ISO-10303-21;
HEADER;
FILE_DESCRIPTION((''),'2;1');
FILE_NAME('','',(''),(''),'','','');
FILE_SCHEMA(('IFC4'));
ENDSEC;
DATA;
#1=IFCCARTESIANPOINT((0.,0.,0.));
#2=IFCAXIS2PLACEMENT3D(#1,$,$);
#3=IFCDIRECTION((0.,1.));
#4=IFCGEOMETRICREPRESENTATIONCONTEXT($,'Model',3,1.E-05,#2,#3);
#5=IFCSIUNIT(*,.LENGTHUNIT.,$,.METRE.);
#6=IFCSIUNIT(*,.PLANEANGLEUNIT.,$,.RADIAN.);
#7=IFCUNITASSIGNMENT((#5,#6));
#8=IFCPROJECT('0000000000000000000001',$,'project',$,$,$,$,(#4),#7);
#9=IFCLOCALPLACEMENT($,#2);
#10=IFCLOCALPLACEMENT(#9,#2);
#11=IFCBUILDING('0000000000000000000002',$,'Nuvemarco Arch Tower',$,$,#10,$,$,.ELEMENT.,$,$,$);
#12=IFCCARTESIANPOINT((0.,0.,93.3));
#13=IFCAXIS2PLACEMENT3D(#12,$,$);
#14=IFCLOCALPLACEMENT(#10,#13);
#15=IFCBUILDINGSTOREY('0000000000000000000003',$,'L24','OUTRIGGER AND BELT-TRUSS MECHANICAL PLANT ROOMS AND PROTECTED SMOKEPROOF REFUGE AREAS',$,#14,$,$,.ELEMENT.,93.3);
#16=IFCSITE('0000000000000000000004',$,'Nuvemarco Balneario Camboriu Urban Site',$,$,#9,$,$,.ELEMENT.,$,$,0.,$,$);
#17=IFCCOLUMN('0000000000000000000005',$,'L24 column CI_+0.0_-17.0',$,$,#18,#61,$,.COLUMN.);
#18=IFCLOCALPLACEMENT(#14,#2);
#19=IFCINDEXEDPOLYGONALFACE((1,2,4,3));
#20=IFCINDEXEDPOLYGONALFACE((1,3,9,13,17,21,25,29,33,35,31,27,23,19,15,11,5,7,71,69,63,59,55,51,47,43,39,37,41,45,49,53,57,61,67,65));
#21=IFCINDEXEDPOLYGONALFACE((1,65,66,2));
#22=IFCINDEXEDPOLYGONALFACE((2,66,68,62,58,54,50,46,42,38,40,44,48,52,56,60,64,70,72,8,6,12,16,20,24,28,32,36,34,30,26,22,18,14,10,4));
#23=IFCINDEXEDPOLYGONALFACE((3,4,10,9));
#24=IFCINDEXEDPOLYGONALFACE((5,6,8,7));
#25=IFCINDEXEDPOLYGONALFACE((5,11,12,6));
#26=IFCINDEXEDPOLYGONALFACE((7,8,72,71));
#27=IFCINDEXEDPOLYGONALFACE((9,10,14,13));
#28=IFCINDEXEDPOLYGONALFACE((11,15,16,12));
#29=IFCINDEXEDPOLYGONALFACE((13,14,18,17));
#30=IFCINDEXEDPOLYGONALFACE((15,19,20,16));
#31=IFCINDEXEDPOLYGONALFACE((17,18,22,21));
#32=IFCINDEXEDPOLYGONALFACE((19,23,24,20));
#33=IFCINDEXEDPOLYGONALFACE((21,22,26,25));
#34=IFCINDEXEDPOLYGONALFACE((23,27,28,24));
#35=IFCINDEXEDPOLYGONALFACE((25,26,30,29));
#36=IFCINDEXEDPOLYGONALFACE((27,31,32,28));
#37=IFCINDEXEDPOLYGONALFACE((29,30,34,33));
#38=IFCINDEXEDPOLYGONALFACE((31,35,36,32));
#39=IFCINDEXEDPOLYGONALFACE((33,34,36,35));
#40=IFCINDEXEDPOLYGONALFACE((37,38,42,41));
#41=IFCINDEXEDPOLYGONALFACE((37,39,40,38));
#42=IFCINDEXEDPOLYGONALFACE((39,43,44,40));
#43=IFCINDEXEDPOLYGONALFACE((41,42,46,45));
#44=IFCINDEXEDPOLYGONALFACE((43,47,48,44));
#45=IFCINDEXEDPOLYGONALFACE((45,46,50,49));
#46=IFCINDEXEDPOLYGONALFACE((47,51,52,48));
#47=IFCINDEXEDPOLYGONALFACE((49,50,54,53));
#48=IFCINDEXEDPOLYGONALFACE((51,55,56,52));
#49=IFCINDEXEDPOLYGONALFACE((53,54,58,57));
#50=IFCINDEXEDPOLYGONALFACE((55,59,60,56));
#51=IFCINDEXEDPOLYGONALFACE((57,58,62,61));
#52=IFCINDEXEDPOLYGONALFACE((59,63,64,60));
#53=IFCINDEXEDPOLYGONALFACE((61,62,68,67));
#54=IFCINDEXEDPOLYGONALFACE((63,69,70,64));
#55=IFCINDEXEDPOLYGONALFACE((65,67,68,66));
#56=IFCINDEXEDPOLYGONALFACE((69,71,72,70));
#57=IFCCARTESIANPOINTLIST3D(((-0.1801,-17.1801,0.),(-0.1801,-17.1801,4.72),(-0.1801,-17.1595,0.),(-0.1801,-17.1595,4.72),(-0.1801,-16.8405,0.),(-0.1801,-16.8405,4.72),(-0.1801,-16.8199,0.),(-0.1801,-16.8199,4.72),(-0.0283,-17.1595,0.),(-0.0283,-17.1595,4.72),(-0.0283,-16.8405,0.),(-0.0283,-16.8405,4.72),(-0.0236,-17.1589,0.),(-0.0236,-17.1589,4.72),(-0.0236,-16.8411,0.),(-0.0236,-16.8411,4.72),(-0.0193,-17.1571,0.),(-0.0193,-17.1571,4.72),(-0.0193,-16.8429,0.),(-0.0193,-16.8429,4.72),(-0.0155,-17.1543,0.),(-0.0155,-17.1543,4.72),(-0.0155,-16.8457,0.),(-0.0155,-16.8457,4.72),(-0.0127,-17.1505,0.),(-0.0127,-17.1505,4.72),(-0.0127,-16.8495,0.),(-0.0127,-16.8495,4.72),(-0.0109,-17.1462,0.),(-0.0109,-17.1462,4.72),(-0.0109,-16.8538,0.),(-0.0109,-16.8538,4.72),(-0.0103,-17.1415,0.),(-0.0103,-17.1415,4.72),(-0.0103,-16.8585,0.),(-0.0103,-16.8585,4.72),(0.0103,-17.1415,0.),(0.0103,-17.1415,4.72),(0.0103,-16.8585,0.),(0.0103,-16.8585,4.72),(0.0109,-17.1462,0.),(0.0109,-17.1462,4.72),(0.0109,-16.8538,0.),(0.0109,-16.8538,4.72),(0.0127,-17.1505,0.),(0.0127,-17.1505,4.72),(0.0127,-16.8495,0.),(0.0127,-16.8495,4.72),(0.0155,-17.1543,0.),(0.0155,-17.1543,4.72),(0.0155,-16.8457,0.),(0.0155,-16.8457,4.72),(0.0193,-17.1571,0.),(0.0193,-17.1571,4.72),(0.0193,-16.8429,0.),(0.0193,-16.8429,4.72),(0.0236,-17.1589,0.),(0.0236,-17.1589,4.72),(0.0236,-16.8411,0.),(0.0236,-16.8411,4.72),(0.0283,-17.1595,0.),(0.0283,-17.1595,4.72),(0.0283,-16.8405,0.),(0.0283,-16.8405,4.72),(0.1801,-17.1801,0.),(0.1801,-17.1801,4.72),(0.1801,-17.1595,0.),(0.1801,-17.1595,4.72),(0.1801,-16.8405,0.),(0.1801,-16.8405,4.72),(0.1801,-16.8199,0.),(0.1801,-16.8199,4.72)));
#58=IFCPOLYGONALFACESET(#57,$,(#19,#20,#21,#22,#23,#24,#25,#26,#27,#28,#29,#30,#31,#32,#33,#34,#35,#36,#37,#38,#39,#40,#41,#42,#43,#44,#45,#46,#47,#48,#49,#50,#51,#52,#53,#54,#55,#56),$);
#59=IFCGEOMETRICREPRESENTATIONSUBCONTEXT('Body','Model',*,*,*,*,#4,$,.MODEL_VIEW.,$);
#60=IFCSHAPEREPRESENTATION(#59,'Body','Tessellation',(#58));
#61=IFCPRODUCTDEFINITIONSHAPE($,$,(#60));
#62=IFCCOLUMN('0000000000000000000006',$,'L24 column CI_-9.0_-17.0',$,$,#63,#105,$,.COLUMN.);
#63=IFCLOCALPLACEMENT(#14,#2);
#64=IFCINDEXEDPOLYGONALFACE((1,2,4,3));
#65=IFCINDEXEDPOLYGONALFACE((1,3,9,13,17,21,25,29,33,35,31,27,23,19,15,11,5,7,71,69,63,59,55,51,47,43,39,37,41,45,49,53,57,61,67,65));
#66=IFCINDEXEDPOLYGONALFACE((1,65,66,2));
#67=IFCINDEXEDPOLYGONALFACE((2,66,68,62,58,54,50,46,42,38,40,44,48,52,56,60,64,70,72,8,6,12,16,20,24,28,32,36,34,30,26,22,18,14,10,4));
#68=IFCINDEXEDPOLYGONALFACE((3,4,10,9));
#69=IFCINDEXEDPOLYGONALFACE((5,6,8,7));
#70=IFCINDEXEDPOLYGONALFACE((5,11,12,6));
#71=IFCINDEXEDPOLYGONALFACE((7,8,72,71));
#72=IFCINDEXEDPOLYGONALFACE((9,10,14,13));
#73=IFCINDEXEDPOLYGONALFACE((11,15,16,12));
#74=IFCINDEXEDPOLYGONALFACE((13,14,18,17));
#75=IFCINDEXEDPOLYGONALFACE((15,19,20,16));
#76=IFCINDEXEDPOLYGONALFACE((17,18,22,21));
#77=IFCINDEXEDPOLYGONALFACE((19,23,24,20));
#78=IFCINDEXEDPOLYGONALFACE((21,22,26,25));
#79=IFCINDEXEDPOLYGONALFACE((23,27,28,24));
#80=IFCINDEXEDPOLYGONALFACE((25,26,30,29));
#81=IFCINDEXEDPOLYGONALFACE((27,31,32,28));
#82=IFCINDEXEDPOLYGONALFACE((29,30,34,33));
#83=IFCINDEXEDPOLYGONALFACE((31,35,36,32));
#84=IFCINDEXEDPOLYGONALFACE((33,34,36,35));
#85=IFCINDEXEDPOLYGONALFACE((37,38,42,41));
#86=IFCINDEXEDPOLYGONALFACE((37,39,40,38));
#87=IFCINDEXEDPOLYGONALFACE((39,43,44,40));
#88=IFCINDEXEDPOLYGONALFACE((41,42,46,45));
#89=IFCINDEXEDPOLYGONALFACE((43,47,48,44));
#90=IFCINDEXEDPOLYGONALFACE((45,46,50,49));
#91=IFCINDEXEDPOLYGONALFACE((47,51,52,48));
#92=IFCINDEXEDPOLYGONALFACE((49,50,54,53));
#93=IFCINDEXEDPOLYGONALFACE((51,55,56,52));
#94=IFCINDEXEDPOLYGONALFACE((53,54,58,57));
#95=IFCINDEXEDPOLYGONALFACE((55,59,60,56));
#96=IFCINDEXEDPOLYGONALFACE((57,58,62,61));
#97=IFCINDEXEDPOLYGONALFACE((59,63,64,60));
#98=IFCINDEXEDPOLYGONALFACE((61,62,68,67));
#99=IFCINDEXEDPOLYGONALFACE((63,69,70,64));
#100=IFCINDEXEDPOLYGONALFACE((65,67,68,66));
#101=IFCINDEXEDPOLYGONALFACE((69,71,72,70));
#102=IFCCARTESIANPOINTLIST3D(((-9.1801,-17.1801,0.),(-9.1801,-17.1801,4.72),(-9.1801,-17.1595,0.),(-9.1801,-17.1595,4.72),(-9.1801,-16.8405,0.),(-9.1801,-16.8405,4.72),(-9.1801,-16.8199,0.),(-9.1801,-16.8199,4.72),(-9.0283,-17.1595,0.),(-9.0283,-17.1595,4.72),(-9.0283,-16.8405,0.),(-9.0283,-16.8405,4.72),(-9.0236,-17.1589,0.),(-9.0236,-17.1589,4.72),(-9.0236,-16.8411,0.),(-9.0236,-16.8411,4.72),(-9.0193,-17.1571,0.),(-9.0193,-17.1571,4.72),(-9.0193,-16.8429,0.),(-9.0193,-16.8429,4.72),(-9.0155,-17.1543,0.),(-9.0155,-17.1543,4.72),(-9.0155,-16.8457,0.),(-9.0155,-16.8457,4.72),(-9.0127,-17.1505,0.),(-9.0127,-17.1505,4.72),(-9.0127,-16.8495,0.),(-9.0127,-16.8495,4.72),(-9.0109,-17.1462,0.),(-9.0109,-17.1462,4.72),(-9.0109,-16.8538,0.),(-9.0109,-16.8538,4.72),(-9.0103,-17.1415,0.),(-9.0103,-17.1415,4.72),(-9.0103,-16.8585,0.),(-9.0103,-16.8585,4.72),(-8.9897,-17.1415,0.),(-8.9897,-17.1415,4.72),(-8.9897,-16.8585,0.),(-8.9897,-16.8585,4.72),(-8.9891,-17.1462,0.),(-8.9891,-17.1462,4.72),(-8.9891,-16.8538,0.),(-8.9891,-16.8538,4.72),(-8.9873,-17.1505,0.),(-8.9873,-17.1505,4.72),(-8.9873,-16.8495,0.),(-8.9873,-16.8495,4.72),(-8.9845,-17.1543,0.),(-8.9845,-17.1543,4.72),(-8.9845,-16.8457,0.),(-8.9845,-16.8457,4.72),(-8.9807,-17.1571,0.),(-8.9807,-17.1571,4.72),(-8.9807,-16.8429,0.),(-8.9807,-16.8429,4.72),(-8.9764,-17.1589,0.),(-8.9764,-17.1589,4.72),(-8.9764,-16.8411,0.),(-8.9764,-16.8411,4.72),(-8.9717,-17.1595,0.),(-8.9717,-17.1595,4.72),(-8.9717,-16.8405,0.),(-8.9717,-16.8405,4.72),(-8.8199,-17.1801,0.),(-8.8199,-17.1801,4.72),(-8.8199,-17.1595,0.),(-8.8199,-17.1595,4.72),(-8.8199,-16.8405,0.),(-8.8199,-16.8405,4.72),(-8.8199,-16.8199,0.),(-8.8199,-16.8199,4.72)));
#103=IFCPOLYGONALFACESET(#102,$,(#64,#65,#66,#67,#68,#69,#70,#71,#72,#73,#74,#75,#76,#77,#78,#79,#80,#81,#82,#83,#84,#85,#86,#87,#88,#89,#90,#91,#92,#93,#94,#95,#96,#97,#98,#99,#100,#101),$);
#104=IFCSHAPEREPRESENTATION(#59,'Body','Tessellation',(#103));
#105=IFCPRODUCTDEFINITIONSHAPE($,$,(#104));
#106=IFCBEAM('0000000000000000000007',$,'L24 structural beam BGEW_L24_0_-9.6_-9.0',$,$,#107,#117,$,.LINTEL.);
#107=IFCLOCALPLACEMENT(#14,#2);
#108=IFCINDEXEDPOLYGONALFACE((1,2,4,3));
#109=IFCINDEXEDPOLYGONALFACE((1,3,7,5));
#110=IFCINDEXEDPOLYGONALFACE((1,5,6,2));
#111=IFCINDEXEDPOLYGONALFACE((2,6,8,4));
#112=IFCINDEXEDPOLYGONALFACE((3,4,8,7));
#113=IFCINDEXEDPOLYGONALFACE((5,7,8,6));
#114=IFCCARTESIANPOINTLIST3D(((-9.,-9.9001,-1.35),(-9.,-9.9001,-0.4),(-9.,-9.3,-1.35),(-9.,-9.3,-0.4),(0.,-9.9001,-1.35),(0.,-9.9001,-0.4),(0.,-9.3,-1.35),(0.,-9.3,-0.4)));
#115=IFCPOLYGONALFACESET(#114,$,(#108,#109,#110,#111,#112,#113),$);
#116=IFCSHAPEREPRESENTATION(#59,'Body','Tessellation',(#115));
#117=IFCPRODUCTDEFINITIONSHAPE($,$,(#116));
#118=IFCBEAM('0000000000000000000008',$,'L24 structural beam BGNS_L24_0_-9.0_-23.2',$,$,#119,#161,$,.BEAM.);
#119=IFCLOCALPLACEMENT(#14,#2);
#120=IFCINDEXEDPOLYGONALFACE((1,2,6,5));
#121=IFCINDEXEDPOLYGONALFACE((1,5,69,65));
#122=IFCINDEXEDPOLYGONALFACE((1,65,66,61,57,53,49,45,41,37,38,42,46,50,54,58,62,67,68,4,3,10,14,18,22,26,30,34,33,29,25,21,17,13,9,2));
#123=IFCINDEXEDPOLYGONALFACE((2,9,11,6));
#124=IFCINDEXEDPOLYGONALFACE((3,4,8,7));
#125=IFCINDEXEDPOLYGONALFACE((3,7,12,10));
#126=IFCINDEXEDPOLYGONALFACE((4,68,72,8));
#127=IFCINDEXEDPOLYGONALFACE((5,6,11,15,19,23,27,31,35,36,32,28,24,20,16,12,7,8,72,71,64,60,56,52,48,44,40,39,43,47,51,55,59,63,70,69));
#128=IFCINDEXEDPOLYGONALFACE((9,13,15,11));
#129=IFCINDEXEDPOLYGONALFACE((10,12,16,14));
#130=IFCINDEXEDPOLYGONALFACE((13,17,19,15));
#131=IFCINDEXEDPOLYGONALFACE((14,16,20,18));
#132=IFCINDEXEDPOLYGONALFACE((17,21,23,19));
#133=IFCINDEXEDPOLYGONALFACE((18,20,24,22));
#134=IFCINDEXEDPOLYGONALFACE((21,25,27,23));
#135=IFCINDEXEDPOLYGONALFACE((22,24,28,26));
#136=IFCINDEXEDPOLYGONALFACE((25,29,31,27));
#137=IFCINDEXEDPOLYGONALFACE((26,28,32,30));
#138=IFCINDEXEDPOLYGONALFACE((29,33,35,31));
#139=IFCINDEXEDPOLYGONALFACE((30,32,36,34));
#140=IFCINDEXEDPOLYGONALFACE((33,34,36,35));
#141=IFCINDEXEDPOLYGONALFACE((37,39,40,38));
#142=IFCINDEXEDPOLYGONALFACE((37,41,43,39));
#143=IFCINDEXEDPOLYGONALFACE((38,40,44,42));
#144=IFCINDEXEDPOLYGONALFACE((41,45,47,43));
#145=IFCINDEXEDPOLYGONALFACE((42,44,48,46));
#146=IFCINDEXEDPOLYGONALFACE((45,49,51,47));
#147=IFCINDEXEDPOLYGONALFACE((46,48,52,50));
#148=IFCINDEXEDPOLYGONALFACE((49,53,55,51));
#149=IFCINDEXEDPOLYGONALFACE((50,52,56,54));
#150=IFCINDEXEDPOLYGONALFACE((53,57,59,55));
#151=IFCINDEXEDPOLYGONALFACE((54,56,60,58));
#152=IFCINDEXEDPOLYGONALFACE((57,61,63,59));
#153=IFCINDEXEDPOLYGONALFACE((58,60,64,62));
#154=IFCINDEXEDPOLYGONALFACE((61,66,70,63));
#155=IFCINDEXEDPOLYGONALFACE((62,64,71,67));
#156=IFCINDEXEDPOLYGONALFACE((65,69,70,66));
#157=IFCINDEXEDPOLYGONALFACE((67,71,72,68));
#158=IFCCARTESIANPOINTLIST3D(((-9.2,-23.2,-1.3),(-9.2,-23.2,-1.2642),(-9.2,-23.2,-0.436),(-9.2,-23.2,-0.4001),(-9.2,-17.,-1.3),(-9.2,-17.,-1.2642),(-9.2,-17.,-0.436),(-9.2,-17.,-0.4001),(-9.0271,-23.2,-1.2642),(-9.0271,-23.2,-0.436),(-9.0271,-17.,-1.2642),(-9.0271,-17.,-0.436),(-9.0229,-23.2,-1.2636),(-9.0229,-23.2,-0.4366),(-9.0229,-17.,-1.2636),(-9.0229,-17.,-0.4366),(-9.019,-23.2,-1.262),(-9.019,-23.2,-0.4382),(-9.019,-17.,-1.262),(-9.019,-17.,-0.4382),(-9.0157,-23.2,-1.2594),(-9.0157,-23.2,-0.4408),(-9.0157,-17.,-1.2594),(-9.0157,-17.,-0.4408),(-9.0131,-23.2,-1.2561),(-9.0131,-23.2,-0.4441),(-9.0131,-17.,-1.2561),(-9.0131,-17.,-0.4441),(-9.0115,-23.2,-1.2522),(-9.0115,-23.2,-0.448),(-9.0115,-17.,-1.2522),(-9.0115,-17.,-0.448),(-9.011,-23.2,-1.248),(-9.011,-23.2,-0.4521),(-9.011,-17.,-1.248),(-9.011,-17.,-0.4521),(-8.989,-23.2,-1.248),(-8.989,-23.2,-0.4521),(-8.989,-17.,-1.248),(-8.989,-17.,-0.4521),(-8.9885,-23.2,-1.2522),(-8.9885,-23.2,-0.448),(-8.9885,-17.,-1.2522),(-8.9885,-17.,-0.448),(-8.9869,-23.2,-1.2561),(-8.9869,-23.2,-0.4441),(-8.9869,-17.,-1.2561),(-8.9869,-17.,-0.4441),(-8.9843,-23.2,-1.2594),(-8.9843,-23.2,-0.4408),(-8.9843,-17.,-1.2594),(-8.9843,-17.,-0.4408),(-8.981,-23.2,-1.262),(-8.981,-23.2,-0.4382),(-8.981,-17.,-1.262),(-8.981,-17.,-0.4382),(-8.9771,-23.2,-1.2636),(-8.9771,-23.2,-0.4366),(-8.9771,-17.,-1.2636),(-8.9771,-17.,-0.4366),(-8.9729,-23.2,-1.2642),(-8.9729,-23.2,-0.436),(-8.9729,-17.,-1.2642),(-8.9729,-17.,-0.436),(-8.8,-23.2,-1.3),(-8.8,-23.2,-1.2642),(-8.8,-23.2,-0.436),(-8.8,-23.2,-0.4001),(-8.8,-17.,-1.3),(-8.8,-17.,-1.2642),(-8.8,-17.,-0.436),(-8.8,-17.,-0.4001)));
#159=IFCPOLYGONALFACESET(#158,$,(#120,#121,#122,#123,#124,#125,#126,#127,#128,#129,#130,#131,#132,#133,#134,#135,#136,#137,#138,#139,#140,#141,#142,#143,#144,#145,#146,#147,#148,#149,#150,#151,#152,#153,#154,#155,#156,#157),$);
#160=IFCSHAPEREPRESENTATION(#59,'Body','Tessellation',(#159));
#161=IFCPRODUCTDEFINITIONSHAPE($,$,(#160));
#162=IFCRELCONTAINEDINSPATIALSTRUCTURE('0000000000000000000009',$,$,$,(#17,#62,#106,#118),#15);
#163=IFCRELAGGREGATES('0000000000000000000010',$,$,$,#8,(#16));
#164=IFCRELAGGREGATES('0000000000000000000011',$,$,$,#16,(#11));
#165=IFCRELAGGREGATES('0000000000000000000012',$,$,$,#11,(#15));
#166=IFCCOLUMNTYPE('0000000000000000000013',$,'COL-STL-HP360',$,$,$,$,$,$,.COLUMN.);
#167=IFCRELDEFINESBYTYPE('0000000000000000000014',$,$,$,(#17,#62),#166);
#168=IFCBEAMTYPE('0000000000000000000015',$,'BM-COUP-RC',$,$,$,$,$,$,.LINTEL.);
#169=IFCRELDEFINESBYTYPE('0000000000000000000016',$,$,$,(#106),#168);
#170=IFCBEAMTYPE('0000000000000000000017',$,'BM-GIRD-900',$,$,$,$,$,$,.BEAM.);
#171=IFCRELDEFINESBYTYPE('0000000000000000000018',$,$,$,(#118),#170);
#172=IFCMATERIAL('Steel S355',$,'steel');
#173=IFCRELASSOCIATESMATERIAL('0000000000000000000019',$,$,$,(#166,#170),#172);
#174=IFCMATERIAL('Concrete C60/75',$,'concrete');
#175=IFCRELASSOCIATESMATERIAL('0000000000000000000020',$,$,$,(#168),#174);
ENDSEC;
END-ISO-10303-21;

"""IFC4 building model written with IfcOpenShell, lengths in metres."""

from ifc_helpers import new_model, si_unit, direction, frame, origin, origin_2d, place, context, subcontext, project, spatial, rectangle, i_section, extrude, material, material_profile, profile_set, type_object, element, save


model = new_model("IFC4")

# Units and contexts
model_context = context("Model", 3, precision=1e-05, world=origin(), true_north=direction((0.0, 1.0)))
body_context = subcontext(model_context, "Body", "Model", "MODEL_VIEW")
ifc_project = project(units=[si_unit("LENGTHUNIT", "METRE"), si_unit("PLANEANGLEUNIT", "RADIAN")], contexts=[model_context])

# Site, building, storey
site_placement = place(None, origin())
site = spatial("IfcSite", under=ifc_project, at=site_placement, Name="Nuvemarco Balneario Camboriu Urban Site", CompositionType="ELEMENT", RefElevation=0.0)
building_placement = place(site_placement, origin())
building = spatial("IfcBuilding", under=site, at=building_placement, Name="Nuvemarco Arch Tower", CompositionType="ELEMENT")
storey_placement = place(building_placement, frame((0.0, 0.0, 93.3)))
storey = spatial("IfcBuildingStorey", under=building, at=storey_placement, Name="L24", Description="OUTRIGGER AND BELT-TRUSS MECHANICAL PLANT ROOMS AND PROTECTED SMOKEPROOF REFUGE AREAS", CompositionType="ELEMENT", Elevation=93.3)

# Columns
ifc_material_1 = material(Name="Concrete C60/75", Category="concrete")
ifc_material_2 = material(Name="Steel S355", Category="steel")
ifc_material_profile_1 = material_profile(ifc_material_2, i_section(OverallWidth=0.3601, OverallDepth=0.3601, WebThickness=0.0205, FlangeThickness=0.0205, FilletRadius=0.0181, at=origin_2d()), Name="HP360x174")
ifc_profile_set_1 = profile_set([ifc_material_profile_1], Name="Steel S355")
column_type_1 = type_object("IfcColumnType", Name="COL-STL-HP360", PredefinedType="COLUMN", material=ifc_profile_set_1)
for number, where, z_axis, x_axis, name in (
    (1, (0.0, -17.0, 0.0), (0.0, 0.0, 1.0), (1.0, 0.0, 0.0), "L24 column CI_+0.0_-17.0"),
    (2, (-9.0, -17.0, 0.0), (0.0, 0.0, 1.0), (1.0, 0.0, 0.0), "L24 column CI_-9.0_-17.0"),
):
    element("IfcColumn", number, at=place(storey_placement, frame(where, z_axis=z_axis, x_axis=x_axis)), inside=storey, type_object=column_type_1, Name=name, PredefinedType="COLUMN", context=body_context, shape_type="SweptSolid", body=[
        extrude(i_section(OverallWidth=0.3601, OverallDepth=0.3601, WebThickness=0.0205, FlangeThickness=0.0205, FilletRadius=0.0181, at=origin_2d()), origin(), (0.0, 0.0, 1.0), 4.72),
    ])

# Beams
ifc_material_profile_2 = material_profile(ifc_material_1, rectangle(XDim=0.6001, YDim=0.95, at=origin_2d()), Name="RC-BM-600x950")
ifc_profile_set_2 = profile_set([ifc_material_profile_2], Name="Concrete C60/75")
beam_type_1 = type_object("IfcBeamType", Name="BM-COUP-RC", PredefinedType="LINTEL", material=ifc_profile_set_2)
beam_1_placement = place(storey_placement, frame((-9.0, -9.6001, -0.875), z_axis=(1.0, 0.0, 0.0), x_axis=(0.0, 1.0, 0.0)))
element("IfcBeam", 3, at=beam_1_placement, inside=storey, type_object=beam_type_1, Name="L24 structural beam BGEW_L24_0_-9.6_-9.0", PredefinedType="LINTEL", context=body_context, shape_type="SweptSolid", body=[
    extrude(rectangle(XDim=0.6001, YDim=0.95, at=origin_2d()), origin(), (0.0, 0.0, 1.0), 9.0),
])
ifc_material_profile_3 = material_profile(ifc_material_2, i_section(OverallWidth=0.3999, OverallDepth=0.8999, WebThickness=0.022, FlangeThickness=0.0359, FilletRadius=0.0161, at=origin_2d()), Name="PG900x400")
ifc_profile_set_3 = profile_set([ifc_material_profile_3], Name="Steel S355")
beam_type_2 = type_object("IfcBeamType", Name="BM-GIRD-900", PredefinedType="BEAM", material=ifc_profile_set_3)
beam_2_placement = place(storey_placement, frame((-9.0, -23.2, -0.8501), z_axis=(0.0, 1.0, 0.0), x_axis=(-1.0, 0.0, 0.0)))
element("IfcBeam", 4, at=beam_2_placement, inside=storey, type_object=beam_type_2, Name="L24 structural beam BGNS_L24_0_-9.0_-23.2", PredefinedType="BEAM", context=body_context, shape_type="SweptSolid", body=[
    extrude(i_section(OverallWidth=0.3999, OverallDepth=0.8999, WebThickness=0.022, FlangeThickness=0.0359, FilletRadius=0.0161, at=origin_2d()), origin(), (0.0, 0.0, 1.0), 6.2),
])

save(model, "model.ifc")
